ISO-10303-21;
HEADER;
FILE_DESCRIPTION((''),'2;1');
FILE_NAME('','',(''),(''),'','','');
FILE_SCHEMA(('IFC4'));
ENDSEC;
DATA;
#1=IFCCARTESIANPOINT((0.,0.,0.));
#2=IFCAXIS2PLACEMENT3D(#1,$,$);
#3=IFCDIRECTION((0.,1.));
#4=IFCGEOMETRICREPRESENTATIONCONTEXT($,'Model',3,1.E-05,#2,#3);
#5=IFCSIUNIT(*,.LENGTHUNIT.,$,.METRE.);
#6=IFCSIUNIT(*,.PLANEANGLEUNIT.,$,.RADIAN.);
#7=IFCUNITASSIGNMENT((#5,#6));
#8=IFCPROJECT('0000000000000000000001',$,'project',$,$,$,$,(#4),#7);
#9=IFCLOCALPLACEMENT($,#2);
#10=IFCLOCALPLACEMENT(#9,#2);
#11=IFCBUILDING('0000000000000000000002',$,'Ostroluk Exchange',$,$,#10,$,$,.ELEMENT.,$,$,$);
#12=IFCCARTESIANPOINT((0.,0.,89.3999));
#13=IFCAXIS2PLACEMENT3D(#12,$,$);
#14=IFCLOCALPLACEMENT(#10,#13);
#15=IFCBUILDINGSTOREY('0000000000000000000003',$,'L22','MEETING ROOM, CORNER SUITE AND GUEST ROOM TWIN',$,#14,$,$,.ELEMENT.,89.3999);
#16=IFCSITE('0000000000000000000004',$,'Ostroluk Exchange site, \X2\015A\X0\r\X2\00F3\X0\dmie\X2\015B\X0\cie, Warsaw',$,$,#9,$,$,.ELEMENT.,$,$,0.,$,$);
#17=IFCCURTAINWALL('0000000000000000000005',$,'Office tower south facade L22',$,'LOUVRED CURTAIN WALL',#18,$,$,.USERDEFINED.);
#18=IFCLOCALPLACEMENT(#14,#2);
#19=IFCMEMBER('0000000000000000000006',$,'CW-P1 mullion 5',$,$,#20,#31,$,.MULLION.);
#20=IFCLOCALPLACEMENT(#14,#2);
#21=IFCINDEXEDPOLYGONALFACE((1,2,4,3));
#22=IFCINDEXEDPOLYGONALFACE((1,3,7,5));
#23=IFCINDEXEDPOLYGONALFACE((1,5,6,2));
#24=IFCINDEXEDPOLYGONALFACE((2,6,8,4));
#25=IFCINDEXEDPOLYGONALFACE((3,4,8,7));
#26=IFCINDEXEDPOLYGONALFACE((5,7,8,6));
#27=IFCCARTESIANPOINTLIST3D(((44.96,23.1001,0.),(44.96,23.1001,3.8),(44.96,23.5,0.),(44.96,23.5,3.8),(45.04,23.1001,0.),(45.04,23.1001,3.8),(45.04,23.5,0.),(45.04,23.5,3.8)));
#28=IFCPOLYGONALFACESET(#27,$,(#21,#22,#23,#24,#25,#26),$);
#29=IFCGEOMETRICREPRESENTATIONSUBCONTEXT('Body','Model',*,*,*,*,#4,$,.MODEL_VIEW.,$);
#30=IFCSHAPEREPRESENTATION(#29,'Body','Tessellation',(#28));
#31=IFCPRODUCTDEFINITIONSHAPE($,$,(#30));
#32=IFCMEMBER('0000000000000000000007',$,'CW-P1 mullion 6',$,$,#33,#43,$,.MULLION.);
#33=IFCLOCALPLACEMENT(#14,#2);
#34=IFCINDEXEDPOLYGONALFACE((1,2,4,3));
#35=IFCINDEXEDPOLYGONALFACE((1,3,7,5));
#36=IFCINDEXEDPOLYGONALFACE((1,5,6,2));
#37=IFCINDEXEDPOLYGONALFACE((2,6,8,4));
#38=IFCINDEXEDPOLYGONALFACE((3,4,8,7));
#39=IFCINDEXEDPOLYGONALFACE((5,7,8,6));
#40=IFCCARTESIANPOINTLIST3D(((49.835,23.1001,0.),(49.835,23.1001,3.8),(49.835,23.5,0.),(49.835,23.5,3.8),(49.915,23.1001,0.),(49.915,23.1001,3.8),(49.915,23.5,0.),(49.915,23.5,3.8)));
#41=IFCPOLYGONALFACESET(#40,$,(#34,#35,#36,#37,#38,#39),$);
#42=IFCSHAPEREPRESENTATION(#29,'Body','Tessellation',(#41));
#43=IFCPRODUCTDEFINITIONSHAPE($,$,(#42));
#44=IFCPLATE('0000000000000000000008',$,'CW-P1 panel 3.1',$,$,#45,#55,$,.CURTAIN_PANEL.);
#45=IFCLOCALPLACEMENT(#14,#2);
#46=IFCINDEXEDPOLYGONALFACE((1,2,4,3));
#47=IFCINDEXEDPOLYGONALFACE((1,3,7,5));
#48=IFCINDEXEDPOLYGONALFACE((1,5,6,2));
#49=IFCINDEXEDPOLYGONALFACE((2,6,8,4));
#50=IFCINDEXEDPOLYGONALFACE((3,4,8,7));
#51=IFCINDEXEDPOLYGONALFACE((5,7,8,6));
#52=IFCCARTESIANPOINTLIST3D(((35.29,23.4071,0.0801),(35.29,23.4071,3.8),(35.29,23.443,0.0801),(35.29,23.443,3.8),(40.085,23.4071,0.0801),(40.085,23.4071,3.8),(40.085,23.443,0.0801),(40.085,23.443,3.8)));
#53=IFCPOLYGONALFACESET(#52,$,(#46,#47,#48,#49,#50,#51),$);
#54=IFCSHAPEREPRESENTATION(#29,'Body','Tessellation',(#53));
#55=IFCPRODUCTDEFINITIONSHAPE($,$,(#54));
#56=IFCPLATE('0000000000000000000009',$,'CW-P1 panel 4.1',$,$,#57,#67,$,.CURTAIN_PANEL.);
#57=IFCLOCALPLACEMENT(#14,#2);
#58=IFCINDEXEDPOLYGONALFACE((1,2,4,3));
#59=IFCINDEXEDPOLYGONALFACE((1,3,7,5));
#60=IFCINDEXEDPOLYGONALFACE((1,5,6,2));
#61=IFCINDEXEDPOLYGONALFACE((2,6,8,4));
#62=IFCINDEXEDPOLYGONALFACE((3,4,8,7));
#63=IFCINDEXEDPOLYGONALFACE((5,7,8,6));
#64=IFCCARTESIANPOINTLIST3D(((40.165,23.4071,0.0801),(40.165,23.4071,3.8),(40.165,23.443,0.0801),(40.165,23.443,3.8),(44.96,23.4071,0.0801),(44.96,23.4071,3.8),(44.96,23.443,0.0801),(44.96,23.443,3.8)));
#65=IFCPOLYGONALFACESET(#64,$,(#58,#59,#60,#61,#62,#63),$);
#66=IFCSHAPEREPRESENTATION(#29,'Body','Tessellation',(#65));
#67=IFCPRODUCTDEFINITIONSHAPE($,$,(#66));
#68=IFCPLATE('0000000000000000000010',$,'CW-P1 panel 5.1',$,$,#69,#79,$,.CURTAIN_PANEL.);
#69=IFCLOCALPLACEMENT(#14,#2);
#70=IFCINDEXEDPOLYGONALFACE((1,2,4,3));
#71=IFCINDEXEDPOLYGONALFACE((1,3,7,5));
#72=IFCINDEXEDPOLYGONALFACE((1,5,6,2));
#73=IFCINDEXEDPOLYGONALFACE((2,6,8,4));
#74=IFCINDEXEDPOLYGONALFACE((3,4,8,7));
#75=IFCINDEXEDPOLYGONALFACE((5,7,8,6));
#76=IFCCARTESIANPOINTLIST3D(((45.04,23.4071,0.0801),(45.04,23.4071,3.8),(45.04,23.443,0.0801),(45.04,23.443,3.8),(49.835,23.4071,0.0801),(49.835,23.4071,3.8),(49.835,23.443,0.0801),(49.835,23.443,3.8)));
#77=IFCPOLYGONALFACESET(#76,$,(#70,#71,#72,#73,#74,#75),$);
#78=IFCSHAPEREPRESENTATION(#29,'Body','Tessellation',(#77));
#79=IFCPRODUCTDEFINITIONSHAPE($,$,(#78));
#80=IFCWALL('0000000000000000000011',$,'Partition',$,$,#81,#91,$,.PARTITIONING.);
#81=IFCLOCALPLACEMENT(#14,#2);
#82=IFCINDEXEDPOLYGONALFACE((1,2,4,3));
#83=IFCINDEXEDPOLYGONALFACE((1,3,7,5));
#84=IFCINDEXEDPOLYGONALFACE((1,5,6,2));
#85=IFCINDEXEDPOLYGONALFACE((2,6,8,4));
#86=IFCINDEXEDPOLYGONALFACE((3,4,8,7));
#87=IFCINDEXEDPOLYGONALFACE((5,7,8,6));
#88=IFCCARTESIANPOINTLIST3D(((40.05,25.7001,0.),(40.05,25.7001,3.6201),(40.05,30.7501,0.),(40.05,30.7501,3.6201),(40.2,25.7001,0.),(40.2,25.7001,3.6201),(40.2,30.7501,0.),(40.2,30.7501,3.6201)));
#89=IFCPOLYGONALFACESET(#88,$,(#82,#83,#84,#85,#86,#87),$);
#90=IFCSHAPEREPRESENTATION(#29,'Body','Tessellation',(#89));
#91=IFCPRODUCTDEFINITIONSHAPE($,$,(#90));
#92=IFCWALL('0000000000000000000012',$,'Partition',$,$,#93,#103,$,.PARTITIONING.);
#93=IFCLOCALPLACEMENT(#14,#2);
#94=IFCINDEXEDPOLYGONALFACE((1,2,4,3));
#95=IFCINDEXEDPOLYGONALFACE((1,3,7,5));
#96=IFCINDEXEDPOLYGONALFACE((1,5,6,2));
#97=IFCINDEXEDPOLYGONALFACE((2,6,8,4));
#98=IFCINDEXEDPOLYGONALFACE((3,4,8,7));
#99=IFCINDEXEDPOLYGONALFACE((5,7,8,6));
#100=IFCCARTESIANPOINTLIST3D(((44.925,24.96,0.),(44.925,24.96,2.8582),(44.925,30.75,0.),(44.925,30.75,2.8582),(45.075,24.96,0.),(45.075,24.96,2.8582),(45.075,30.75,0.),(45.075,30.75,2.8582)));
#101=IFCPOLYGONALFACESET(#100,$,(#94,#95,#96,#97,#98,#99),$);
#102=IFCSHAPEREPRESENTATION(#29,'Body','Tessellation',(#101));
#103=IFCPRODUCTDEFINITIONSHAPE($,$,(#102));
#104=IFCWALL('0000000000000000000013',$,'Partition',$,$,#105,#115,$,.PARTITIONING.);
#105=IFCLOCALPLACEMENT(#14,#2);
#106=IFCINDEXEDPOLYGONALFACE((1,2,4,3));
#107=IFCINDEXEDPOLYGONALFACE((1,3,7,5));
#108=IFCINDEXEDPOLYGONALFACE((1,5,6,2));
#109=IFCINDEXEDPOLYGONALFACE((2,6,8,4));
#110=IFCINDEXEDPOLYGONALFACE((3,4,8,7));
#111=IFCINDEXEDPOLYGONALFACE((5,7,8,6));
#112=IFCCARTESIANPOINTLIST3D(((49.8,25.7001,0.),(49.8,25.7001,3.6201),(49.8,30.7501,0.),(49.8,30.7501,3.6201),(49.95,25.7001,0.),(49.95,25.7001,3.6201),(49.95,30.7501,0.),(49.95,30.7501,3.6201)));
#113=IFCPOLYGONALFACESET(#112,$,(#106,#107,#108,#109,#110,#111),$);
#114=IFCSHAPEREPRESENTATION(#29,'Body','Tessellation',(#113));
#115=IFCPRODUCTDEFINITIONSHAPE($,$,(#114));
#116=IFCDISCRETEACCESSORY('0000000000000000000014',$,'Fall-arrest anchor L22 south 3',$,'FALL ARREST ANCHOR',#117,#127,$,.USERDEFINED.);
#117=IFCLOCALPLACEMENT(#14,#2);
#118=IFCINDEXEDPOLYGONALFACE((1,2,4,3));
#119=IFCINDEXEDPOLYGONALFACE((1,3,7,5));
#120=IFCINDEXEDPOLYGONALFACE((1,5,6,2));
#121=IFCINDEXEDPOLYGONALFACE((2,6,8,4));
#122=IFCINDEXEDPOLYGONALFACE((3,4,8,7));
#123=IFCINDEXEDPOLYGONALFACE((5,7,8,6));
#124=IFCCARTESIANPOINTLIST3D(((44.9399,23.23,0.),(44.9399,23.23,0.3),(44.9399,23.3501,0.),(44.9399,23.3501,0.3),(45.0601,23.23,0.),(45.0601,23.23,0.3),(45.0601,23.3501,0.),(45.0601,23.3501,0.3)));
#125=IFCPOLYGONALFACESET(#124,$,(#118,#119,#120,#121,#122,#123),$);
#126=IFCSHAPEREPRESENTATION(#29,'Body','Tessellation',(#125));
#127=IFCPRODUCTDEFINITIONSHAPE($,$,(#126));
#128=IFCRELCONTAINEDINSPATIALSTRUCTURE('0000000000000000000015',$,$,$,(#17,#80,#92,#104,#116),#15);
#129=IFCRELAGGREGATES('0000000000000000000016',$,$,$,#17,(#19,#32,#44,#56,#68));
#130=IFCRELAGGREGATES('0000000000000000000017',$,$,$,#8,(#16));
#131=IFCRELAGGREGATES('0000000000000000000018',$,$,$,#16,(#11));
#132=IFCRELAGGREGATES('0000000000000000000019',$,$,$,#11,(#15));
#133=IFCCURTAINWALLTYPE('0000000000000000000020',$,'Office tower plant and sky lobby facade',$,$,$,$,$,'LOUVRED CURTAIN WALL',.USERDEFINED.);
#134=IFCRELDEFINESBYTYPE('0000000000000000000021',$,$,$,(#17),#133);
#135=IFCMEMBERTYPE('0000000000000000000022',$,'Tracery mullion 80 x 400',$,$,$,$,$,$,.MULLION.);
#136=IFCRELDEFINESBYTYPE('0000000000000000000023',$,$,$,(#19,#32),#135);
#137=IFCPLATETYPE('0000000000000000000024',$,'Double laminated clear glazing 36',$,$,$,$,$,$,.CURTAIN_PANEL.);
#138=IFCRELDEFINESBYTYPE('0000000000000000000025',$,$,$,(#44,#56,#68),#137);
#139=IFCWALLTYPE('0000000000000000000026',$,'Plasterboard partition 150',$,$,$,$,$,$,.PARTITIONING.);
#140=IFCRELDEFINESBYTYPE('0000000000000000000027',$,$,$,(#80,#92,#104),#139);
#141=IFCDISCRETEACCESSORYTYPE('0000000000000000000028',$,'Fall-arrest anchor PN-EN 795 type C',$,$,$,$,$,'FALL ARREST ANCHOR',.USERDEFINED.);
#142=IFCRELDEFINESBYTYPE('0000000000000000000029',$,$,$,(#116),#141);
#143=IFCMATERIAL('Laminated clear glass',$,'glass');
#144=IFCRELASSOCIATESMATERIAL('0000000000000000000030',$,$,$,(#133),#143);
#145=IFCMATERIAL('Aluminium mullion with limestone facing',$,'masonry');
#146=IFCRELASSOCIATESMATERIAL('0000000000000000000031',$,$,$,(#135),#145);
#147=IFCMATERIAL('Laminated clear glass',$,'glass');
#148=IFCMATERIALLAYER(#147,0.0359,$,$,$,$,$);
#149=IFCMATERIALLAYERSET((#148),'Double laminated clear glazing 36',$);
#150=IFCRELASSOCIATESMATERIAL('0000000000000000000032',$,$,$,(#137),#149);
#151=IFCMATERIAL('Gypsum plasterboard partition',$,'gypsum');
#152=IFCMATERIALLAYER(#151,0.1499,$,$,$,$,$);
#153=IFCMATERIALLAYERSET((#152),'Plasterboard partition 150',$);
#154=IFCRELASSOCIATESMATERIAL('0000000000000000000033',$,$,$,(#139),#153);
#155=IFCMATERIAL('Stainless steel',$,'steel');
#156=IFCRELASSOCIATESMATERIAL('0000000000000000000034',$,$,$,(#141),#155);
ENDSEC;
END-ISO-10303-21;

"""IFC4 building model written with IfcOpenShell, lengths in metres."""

from ifc_helpers import new_model, si_unit, direction, frame, frame_2d, origin, origin_2d, place, context, subcontext, project, spatial, rectangle, extrude, material, layer, layer_set, material_profile, profile_set, type_object, element, aggregate, save


model = new_model("IFC4")

# Units and contexts
model_context = context("Model", 3, precision=1e-05, world=origin(), true_north=direction((0.0, 1.0)))
body_context = subcontext(model_context, "Body", "Model", "MODEL_VIEW")
ifc_project = project(units=[si_unit("LENGTHUNIT", "METRE"), si_unit("PLANEANGLEUNIT", "RADIAN")], contexts=[model_context])

# Site, building, storey
site_placement = place(None, origin())
site = spatial("IfcSite", under=ifc_project, at=site_placement, Name="Ostroluk Exchange site, Śródmieście, Warsaw", CompositionType="ELEMENT", RefElevation=0.0)
building_placement = place(site_placement, origin())
building = spatial("IfcBuilding", under=site, at=building_placement, Name="Ostroluk Exchange", CompositionType="ELEMENT")
storey_placement = place(building_placement, frame((0.0, 0.0, 89.3999)))
storey = spatial("IfcBuildingStorey", under=building, at=storey_placement, Name="L22", Description="MEETING ROOM, CORNER SUITE AND GUEST ROOM TWIN", CompositionType="ELEMENT", Elevation=89.3999)

# Curtain wall, members, plates
ifc_material_1 = material(Name="Laminated clear glass", Category="glass")
curtain_wall_type = type_object("IfcCurtainWallType", Name="Office tower plant and sky lobby facade", ElementType="LOUVRED CURTAIN WALL", PredefinedType="USERDEFINED", material=ifc_material_1)
curtain_wall_placement = place(storey_placement, origin())
curtain_wall = element("IfcCurtainWall", 1, at=curtain_wall_placement, inside=storey, type_object=curtain_wall_type, Name="Office tower south facade L22", ObjectType="LOUVRED CURTAIN WALL", PredefinedType="USERDEFINED")
ifc_material_2 = material(Name="Aluminium mullion with limestone facing", Category="masonry")
ifc_material_profile_1 = material_profile(ifc_material_2, rectangle(XDim=0.3999, YDim=0.0801, at=origin_2d()), Name="Tracery mullion 80 x 400")
ifc_profile_set_1 = profile_set([ifc_material_profile_1], Name="Aluminium mullion with limestone facing")
member_type_1 = type_object("IfcMemberType", Name="Tracery mullion 80 x 400", PredefinedType="MULLION", material=ifc_profile_set_1)
member_1_placement = place(storey_placement, frame((45.0, 23.3, 0.0), z_axis=(0.0, 0.0, 1.0), x_axis=(0.0, 1.0, 0.0)))
member_1 = element("IfcMember", 2, at=member_1_placement, type_object=member_type_1, Name="CW-P1 mullion 5", PredefinedType="MULLION", context=body_context, shape_type="SweptSolid", body=[
    extrude(rectangle(XDim=0.3999, YDim=0.0801, at=origin_2d()), origin(), (0.0, 0.0, 1.0), 3.8),
])
member_2_placement = place(storey_placement, frame((49.875, 23.3, 0.0), z_axis=(0.0, 0.0, 1.0), x_axis=(0.0, 1.0, 0.0)))
member_2 = element("IfcMember", 3, at=member_2_placement, type_object=member_type_1, Name="CW-P1 mullion 6", PredefinedType="MULLION", context=body_context, shape_type="SweptSolid", body=[
    extrude(rectangle(XDim=0.3999, YDim=0.0801, at=origin_2d()), origin(), (0.0, 0.0, 1.0), 3.8),
])
ifc_material_3 = material(Name="Laminated clear glass", Category="glass")
ifc_layer_1 = layer(ifc_material_3, 0.0359)
ifc_layer_set_1 = layer_set([ifc_layer_1], Name="Double laminated clear glazing 36")
plate_type = type_object("IfcPlateType", Name="Double laminated clear glazing 36", PredefinedType="CURTAIN_PANEL", material=ifc_layer_set_1)
plate_1_placement = place(storey_placement, frame((37.6875, 23.425, 0.0801), z_axis=(0.0, 0.0, 1.0), x_axis=(1.0, 0.0, 0.0)))
plate_1 = element("IfcPlate", 4, at=plate_1_placement, type_object=plate_type, Name="CW-P1 panel 3.1", PredefinedType="CURTAIN_PANEL", context=body_context, shape_type="SweptSolid", body=[
    extrude(rectangle(XDim=4.7949, YDim=0.0359, at=origin_2d()), origin(), (0.0, 0.0, 1.0), 3.72),
])
plate_2_placement = place(storey_placement, frame((42.5625, 23.425, 0.0801), z_axis=(0.0, 0.0, 1.0), x_axis=(1.0, 0.0, 0.0)))
plate_2 = element("IfcPlate", 5, at=plate_2_placement, type_object=plate_type, Name="CW-P1 panel 4.1", PredefinedType="CURTAIN_PANEL", context=body_context, shape_type="SweptSolid", body=[
    extrude(rectangle(XDim=4.7949, YDim=0.0359, at=origin_2d()), origin(), (0.0, 0.0, 1.0), 3.72),
])
plate_3_placement = place(storey_placement, frame((47.4375, 23.425, 0.0801), z_axis=(0.0, 0.0, 1.0), x_axis=(1.0, 0.0, 0.0)))
plate_3 = element("IfcPlate", 6, at=plate_3_placement, type_object=plate_type, Name="CW-P1 panel 5.1", PredefinedType="CURTAIN_PANEL", context=body_context, shape_type="SweptSolid", body=[
    extrude(rectangle(XDim=4.7949, YDim=0.0359, at=origin_2d()), origin(), (0.0, 0.0, 1.0), 3.72),
])
aggregate(curtain_wall, [member_1, member_2, plate_1, plate_2, plate_3])

# Walls
ifc_material_4 = material(Name="Gypsum plasterboard partition", Category="gypsum")
ifc_layer_2 = layer(ifc_material_4, 0.1499)
ifc_layer_set_2 = layer_set([ifc_layer_2], Name="Plasterboard partition 150")
wall_type = type_object("IfcWallType", Name="Plasterboard partition 150", PredefinedType="PARTITIONING", material=ifc_layer_set_2)
wall_1_placement = place(storey_placement, frame((40.125, 30.75, 0.0), z_axis=(0.0, 0.0, 1.0), x_axis=(0.0, -1.0, 0.0)))
element("IfcWall", 7, at=wall_1_placement, inside=storey, type_object=wall_type, Name="Partition", PredefinedType="PARTITIONING", context=body_context, shape_type="SweptSolid", body=[
    extrude(rectangle(XDim=5.05, YDim=0.1499, at=frame_2d((2.5249, 0.0))), origin(), (0.0, 0.0, 1.0), 3.6201),
])
wall_2_placement = place(storey_placement, frame((45.0, 30.75, 0.0), z_axis=(0.0, 0.0, 1.0), x_axis=(0.0, -1.0, 0.0)))
element("IfcWall", 8, at=wall_2_placement, inside=storey, type_object=wall_type, Name="Partition", PredefinedType="PARTITIONING", context=body_context, shape_type="SweptSolid", body=[
    extrude(rectangle(XDim=5.79, YDim=0.1499, at=frame_2d((2.895, 0.0))), origin(), (0.0, 0.0, 1.0), 2.8582),
])
wall_3_placement = place(storey_placement, frame((49.875, 30.75, 0.0), z_axis=(0.0, 0.0, 1.0), x_axis=(0.0, -1.0, 0.0)))
element("IfcWall", 9, at=wall_3_placement, inside=storey, type_object=wall_type, Name="Partition", PredefinedType="PARTITIONING", context=body_context, shape_type="SweptSolid", body=[
    extrude(rectangle(XDim=5.05, YDim=0.1499, at=frame_2d((2.5249, 0.0))), origin(), (0.0, 0.0, 1.0), 3.6201),
])

# Discrete accessory
ifc_material_5 = material(Name="Stainless steel", Category="steel")
discrete_accessory_type = type_object("IfcDiscreteAccessoryType", Name="Fall-arrest anchor PN-EN 795 type C", ElementType="FALL ARREST ANCHOR", PredefinedType="USERDEFINED", material=ifc_material_5)
discrete_accessory_placement = place(storey_placement, frame((45.0, 23.29, 0.0), z_axis=(0.0, 0.0, 1.0), x_axis=(1.0, 0.0, 0.0)))
element("IfcDiscreteAccessory", 10, at=discrete_accessory_placement, inside=storey, type_object=discrete_accessory_type, Name="Fall-arrest anchor L22 south 3", ObjectType="FALL ARREST ANCHOR", PredefinedType="USERDEFINED", context=body_context, shape_type="SweptSolid", body=[
    extrude(rectangle(XDim=0.1201, YDim=0.1201, at=origin_2d()), origin(), (0.0, 0.0, 1.0), 0.3),
])

save(model, "model.ifc")
